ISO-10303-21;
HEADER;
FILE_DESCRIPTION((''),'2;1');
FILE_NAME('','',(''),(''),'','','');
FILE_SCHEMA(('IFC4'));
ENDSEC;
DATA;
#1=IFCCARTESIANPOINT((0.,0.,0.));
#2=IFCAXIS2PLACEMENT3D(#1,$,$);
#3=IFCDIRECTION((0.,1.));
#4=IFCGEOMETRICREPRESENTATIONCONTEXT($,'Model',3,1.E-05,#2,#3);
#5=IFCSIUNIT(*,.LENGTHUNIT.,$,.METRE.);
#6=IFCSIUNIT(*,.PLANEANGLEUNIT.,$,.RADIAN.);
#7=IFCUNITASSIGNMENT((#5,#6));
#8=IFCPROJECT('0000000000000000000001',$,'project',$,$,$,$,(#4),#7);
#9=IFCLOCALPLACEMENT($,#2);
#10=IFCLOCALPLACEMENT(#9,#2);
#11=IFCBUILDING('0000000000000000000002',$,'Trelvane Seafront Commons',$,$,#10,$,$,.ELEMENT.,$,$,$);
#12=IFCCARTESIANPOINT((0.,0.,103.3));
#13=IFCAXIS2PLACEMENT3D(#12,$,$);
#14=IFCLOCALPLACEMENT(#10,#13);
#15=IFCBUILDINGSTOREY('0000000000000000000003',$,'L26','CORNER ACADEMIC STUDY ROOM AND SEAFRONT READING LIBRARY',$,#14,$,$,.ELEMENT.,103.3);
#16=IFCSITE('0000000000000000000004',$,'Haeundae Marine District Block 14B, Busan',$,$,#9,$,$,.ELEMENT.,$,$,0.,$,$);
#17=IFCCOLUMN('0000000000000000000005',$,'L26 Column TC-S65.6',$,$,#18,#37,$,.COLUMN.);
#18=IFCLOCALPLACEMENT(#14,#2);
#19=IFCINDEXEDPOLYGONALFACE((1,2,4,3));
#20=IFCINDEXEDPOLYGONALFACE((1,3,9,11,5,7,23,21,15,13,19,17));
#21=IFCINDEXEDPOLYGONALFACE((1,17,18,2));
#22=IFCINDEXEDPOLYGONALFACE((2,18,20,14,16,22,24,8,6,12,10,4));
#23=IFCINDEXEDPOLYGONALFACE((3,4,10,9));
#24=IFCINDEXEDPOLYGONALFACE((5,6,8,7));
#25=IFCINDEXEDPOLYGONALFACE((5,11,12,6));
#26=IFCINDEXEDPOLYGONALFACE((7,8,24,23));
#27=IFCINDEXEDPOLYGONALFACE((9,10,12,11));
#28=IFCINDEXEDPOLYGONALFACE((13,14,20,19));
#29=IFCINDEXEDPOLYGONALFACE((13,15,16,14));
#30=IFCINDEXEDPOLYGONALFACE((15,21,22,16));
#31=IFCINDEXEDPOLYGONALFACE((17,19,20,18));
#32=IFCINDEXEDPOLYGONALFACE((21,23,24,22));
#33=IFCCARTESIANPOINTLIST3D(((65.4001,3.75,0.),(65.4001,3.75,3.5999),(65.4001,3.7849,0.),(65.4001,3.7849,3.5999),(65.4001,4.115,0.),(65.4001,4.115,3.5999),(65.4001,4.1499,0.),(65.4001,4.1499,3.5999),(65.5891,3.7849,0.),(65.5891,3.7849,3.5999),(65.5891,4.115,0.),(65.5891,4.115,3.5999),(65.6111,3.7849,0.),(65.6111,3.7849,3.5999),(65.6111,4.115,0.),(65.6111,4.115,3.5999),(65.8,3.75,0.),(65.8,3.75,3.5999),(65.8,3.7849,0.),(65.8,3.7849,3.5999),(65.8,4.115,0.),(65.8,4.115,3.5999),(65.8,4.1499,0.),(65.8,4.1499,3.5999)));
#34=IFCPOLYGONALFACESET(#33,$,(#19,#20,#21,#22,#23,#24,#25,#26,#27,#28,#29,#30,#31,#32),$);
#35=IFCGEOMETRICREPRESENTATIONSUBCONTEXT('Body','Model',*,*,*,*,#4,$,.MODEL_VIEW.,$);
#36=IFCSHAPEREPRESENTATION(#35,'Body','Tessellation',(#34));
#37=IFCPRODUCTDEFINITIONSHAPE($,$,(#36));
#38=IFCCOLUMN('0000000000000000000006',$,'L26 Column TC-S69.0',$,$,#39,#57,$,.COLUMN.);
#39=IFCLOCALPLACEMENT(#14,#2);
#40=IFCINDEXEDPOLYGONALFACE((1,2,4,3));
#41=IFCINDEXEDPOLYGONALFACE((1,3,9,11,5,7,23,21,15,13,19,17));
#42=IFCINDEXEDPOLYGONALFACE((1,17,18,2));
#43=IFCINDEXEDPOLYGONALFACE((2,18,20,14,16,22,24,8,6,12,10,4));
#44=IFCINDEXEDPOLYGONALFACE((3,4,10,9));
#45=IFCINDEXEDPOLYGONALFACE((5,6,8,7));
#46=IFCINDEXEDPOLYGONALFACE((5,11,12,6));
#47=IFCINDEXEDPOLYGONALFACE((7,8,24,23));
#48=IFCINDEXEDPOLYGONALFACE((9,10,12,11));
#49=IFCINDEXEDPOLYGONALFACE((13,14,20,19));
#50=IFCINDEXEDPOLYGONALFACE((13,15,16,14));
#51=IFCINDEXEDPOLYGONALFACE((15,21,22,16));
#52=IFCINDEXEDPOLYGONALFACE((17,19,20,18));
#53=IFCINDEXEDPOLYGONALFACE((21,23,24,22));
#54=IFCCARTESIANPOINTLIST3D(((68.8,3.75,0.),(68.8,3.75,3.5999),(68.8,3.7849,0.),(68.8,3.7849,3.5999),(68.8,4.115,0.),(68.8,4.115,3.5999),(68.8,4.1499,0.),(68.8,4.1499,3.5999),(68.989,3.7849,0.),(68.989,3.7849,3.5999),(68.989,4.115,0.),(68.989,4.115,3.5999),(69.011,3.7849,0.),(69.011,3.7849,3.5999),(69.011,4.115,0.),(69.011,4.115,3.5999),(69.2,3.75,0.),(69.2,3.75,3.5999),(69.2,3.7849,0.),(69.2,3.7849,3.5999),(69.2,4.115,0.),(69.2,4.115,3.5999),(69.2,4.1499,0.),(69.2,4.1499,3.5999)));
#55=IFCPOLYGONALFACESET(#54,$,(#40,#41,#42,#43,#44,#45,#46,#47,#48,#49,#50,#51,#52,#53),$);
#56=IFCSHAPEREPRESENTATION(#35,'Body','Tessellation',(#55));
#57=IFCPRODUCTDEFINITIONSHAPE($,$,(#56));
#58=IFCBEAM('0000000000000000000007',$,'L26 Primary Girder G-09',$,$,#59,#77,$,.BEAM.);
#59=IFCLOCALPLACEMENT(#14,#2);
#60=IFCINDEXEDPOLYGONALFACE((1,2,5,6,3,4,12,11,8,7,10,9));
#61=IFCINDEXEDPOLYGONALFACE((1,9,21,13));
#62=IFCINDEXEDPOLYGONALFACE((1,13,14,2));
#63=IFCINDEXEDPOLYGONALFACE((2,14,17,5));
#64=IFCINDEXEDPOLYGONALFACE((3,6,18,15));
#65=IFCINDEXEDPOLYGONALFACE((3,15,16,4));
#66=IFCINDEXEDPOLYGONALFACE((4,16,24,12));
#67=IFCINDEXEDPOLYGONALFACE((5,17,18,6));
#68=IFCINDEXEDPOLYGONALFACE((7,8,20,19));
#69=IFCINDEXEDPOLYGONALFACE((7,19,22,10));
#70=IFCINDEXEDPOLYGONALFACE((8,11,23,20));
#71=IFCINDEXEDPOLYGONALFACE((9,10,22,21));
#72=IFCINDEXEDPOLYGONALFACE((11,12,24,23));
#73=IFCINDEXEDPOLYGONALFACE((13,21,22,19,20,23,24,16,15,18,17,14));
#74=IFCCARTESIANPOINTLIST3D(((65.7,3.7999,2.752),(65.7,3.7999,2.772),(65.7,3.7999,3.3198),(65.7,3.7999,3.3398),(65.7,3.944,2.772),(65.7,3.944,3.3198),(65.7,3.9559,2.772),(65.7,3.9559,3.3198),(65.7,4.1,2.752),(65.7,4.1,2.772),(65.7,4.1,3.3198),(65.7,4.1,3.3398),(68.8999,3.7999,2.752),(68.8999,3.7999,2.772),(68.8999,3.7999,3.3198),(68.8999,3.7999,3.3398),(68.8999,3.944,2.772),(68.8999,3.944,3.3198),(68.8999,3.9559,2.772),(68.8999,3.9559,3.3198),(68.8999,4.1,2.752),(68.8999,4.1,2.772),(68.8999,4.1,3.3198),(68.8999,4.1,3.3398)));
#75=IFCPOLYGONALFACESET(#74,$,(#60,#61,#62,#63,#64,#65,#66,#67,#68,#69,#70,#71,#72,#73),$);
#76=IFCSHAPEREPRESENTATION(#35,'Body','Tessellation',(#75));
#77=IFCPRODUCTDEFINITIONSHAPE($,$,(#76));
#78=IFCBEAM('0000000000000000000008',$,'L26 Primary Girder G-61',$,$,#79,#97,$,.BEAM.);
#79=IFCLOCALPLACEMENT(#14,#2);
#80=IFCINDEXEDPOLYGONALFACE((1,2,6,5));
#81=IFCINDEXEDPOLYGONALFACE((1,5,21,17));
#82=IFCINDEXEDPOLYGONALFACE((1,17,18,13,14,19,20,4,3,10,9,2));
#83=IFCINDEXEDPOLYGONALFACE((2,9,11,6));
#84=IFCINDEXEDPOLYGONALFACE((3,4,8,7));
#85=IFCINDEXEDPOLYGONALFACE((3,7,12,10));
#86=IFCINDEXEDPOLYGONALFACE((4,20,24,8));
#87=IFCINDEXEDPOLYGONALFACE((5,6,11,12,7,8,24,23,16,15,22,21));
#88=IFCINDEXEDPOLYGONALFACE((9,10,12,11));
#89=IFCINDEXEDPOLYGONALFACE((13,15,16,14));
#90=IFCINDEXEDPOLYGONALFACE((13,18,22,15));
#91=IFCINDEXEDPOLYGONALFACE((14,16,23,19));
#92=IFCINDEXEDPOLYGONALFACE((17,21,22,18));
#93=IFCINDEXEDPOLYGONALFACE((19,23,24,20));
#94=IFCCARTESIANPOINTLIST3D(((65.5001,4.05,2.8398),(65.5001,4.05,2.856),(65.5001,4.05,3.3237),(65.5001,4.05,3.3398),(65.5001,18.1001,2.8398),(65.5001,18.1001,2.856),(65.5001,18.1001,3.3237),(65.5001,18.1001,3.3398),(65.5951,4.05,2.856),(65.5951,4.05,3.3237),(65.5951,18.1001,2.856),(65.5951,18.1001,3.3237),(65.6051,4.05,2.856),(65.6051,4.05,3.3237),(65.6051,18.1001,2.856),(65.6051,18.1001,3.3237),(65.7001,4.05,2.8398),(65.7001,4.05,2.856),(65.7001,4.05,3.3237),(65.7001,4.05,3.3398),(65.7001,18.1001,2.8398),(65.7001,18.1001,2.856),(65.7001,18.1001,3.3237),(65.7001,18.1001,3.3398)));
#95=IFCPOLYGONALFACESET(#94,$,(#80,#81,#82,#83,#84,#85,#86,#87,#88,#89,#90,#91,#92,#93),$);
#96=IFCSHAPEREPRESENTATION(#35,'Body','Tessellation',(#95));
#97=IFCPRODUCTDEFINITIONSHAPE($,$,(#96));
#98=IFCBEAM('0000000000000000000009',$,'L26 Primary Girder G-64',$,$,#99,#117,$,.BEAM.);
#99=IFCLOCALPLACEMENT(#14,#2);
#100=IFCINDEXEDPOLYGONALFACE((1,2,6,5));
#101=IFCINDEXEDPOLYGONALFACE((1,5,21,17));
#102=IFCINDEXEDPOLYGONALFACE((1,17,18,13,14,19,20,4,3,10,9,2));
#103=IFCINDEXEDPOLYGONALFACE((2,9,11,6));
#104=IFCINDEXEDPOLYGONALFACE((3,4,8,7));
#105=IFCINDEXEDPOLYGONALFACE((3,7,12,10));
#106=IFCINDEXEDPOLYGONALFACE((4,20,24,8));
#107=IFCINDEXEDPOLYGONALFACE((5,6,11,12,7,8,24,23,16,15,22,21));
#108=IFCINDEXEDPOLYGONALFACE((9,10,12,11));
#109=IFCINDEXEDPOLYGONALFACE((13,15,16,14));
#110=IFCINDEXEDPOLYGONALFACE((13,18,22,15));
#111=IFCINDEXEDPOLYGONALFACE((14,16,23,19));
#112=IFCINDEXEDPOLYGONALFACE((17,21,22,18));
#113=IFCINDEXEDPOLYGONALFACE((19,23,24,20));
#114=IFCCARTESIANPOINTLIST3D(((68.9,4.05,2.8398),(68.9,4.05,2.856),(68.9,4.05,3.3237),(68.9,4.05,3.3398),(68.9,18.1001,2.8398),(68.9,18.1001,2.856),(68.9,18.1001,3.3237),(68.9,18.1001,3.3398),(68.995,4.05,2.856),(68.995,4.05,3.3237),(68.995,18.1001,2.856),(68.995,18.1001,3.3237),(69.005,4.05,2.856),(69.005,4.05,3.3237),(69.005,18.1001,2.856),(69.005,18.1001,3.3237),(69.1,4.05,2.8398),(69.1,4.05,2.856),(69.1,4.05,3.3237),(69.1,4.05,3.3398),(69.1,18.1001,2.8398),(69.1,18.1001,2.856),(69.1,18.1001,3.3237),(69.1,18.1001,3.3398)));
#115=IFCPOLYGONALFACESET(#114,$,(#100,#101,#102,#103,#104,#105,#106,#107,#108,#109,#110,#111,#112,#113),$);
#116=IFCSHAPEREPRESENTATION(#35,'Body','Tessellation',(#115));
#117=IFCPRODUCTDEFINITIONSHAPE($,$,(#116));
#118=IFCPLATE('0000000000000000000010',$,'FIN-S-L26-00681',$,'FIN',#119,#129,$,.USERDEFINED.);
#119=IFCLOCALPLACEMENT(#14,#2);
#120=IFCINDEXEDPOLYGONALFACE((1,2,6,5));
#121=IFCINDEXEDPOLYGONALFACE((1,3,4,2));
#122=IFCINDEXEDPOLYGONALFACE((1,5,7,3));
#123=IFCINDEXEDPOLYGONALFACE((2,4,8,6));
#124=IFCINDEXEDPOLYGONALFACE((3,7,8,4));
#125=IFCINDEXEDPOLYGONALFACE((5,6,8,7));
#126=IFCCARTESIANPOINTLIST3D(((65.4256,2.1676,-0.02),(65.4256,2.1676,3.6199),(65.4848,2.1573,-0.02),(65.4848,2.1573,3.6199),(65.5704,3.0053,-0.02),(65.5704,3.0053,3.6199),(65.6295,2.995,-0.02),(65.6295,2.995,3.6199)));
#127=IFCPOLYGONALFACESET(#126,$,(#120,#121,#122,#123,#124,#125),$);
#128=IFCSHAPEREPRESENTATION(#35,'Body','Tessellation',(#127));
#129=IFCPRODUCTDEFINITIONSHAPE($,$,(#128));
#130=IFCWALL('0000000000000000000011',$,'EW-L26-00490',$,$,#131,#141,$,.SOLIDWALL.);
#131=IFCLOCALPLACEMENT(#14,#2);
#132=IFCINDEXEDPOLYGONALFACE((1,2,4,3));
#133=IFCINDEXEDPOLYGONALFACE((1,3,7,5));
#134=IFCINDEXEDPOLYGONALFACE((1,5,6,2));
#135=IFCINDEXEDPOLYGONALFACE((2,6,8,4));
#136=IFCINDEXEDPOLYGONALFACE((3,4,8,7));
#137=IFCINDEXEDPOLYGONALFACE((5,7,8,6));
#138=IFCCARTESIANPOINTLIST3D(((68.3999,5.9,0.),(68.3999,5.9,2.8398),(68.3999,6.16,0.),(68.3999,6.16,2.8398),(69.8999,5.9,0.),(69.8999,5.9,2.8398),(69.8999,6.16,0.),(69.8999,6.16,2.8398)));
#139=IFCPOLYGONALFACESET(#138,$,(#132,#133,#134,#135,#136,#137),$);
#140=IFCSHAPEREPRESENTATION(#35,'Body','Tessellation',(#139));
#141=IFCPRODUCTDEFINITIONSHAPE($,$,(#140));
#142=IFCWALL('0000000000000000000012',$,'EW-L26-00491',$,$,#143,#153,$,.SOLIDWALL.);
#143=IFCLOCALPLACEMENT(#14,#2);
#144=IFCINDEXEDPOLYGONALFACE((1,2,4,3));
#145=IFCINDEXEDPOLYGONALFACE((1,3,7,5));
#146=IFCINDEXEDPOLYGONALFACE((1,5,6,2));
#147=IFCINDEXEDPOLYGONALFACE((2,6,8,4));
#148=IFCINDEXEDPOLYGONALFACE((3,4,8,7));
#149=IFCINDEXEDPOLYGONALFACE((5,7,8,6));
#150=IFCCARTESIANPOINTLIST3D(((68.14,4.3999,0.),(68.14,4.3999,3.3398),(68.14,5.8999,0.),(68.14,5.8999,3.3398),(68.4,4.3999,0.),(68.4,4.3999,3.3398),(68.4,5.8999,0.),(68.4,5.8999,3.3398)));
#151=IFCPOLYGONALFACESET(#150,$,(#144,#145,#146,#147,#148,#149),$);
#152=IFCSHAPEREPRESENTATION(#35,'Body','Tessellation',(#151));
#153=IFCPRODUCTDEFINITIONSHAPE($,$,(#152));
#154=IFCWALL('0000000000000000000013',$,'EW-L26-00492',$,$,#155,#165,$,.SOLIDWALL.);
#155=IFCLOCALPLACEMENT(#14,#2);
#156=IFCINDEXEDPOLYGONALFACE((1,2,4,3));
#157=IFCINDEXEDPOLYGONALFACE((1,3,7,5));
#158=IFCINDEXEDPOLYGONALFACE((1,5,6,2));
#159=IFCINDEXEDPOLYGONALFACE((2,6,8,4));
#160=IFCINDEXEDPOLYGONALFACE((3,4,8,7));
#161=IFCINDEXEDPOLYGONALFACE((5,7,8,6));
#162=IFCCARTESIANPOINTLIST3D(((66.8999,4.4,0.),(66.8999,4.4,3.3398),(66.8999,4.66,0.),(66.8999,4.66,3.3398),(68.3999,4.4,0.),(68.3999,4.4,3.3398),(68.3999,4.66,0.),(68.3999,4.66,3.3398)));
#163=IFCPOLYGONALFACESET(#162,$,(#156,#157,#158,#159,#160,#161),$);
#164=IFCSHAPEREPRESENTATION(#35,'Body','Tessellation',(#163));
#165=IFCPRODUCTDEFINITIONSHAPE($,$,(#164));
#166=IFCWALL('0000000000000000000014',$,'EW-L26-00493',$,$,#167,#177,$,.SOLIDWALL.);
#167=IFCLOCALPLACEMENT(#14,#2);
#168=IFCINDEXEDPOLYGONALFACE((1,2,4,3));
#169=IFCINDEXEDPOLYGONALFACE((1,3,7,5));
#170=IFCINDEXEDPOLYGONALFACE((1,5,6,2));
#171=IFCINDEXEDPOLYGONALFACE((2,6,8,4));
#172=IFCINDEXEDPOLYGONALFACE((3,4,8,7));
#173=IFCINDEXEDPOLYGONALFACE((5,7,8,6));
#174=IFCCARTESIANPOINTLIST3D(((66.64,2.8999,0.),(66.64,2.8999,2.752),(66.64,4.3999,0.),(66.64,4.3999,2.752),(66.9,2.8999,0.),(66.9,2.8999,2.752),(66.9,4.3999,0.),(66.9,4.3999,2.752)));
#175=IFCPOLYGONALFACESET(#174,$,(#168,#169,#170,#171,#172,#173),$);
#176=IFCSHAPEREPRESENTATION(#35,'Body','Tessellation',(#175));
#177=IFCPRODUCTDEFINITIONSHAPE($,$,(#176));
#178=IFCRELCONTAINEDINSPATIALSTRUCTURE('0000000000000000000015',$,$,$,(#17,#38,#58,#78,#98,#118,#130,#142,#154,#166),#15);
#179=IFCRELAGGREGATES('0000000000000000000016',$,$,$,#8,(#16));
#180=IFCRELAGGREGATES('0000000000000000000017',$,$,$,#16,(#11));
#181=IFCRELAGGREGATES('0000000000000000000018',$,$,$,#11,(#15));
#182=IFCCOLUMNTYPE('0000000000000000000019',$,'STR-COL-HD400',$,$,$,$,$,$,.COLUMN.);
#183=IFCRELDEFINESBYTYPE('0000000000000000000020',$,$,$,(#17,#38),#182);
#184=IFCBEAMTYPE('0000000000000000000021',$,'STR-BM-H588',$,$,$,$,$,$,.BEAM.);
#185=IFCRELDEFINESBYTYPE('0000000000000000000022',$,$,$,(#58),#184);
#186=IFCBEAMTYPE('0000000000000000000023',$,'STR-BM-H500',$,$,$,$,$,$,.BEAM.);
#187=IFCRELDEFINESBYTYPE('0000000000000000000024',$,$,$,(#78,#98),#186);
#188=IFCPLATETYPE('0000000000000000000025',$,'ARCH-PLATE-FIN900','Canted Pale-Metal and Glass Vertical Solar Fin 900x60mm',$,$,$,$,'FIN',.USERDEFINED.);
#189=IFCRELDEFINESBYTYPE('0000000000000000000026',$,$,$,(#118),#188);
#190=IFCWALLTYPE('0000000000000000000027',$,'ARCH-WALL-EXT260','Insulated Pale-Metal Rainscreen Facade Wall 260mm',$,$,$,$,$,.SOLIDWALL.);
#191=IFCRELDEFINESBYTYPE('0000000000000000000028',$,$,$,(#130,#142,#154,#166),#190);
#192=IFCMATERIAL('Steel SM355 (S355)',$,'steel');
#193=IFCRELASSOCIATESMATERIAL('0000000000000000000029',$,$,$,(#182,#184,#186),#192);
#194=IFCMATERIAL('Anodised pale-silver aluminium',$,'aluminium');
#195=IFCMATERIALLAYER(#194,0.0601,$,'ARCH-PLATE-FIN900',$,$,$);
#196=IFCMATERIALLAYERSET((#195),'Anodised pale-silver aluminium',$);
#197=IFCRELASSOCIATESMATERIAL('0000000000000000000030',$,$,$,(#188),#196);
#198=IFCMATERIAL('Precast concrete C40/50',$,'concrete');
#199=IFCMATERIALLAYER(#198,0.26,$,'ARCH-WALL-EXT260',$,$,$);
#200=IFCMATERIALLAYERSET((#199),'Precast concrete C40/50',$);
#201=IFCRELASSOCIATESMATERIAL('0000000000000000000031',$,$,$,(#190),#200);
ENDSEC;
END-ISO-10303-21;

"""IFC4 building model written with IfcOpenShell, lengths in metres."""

from ifc_helpers import new_model, si_unit, direction, frame, frame_2d, origin, origin_2d, place, context, subcontext, project, spatial, rectangle, i_section, extrude, source, transform, mapped, material, layer, layer_set, material_profile, profile_set, type_object, element, save


model = new_model("IFC4")

# Units and contexts
model_context = context("Model", 3, precision=1e-05, world=origin(), true_north=direction((0.0, 1.0)))
body_context = subcontext(model_context, "Body", "Model", "MODEL_VIEW")
ifc_project = project(units=[si_unit("LENGTHUNIT", "METRE"), si_unit("PLANEANGLEUNIT", "RADIAN")], contexts=[model_context])

# Site, building, storey
site_placement = place(None, origin())
site = spatial("IfcSite", under=ifc_project, at=site_placement, Name="Haeundae Marine District Block 14B, Busan", CompositionType="ELEMENT", RefElevation=0.0)
building_placement = place(site_placement, origin())
building = spatial("IfcBuilding", under=site, at=building_placement, Name="Trelvane Seafront Commons", CompositionType="ELEMENT")
storey_placement = place(building_placement, frame((0.0, 0.0, 103.3)))
storey = spatial("IfcBuildingStorey", under=building, at=storey_placement, Name="L26", Description="CORNER ACADEMIC STUDY ROOM AND SEAFRONT READING LIBRARY", CompositionType="ELEMENT", Elevation=103.3)

# Columns
ifc_material_1 = material(Name="Steel SM355 (S355)", Category="steel")
ifc_material_profile_1 = material_profile(ifc_material_1, i_section(OverallWidth=0.3999, OverallDepth=0.3999, WebThickness=0.022, FlangeThickness=0.0349, at=origin_2d()), Name="HD-400x400x22x35")
ifc_profile_set_1 = profile_set([ifc_material_profile_1], Name="Steel SM355 (S355)")
column_type = type_object("IfcColumnType", Name="STR-COL-HD400", PredefinedType="COLUMN", material=ifc_profile_set_1)
shared_shape_1 = source(origin(), body_context, "Body", "SweptSolid", [
    extrude(i_section(OverallWidth=0.3999, OverallDepth=0.3999, WebThickness=0.022, FlangeThickness=0.0349, at=origin_2d()), origin(), (0.0, 0.0, 1.0), 3.5999),
])
for number, where, z_axis, x_axis, name in (
    (1, (65.6001, 3.95, 0.0), (0.0, 0.0, 1.0), (1.0, 0.0, 0.0), "L26 Column TC-S65.6"),
    (2, (69.0, 3.95, 0.0), (0.0, 0.0, 1.0), (1.0, 0.0, 0.0), "L26 Column TC-S69.0"),
):
    element("IfcColumn", number, at=place(storey_placement, frame(where, z_axis=z_axis, x_axis=x_axis)), inside=storey, type_object=column_type, Name=name, PredefinedType="COLUMN", context=body_context, shape_type="MappedRepresentation", body=[
        mapped(shared_shape_1, transform((0.0, 0.0, 0.0), x_axis=(1.0, 0.0, 0.0), y_axis=(0.0, 1.0, 0.0), z_axis=(0.0, 0.0, 1.0), scale=1.0)),
    ])

# Beams
ifc_material_profile_2 = material_profile(ifc_material_1, i_section(OverallWidth=0.3, OverallDepth=0.5879, WebThickness=0.012, FlangeThickness=0.02, at=origin_2d()), Name="H-588x300x12x20")
ifc_profile_set_2 = profile_set([ifc_material_profile_2], Name="Steel SM355 (S355)")
beam_type_1 = type_object("IfcBeamType", Name="STR-BM-H588", PredefinedType="BEAM", material=ifc_profile_set_2)
shared_shape_2 = source(origin(), body_context, "Body", "SweptSolid", [
    extrude(i_section(OverallWidth=0.3, OverallDepth=0.5879, WebThickness=0.012, FlangeThickness=0.02, at=origin_2d()), origin(), (0.0, 0.0, 1.0), 3.2),
])
beam_placement = place(storey_placement, frame((65.7, 3.95, 3.0459), z_axis=(1.0, 0.0, 0.0), x_axis=(0.0, 1.0, 0.0)))
element("IfcBeam", 3, at=beam_placement, inside=storey, type_object=beam_type_1, Name="L26 Primary Girder G-09", PredefinedType="BEAM", context=body_context, shape_type="MappedRepresentation", body=[
    mapped(shared_shape_2, transform((0.0, 0.0, 0.0), x_axis=(1.0, 0.0, 0.0), y_axis=(0.0, 1.0, 0.0), z_axis=(0.0, 0.0, 1.0), scale=1.0)),
])
ifc_material_profile_3 = material_profile(ifc_material_1, i_section(OverallWidth=0.2, OverallDepth=0.5, WebThickness=0.01, FlangeThickness=0.0161, at=origin_2d()), Name="H-500x200x10x16")
ifc_profile_set_3 = profile_set([ifc_material_profile_3], Name="Steel SM355 (S355)")
beam_type_2 = type_object("IfcBeamType", Name="STR-BM-H500", PredefinedType="BEAM", material=ifc_profile_set_3)
shared_shape_3 = source(origin(), body_context, "Body", "SweptSolid", [
    extrude(i_section(OverallWidth=0.2, OverallDepth=0.5, WebThickness=0.01, FlangeThickness=0.0161, at=origin_2d()), origin(), (0.0, 0.0, 1.0), 14.05),
])
for number, where, z_axis, x_axis, name in (
    (4, (65.6001, 4.05, 3.0898), (0.0, 1.0, 0.0), (-1.0, 0.0, 0.0), "L26 Primary Girder G-61"),
    (5, (69.0, 4.05, 3.0898), (0.0, 1.0, 0.0), (-1.0, 0.0, 0.0), "L26 Primary Girder G-64"),
):
    element("IfcBeam", number, at=place(storey_placement, frame(where, z_axis=z_axis, x_axis=x_axis)), inside=storey, type_object=beam_type_2, Name=name, PredefinedType="BEAM", context=body_context, shape_type="MappedRepresentation", body=[
        mapped(shared_shape_3, transform((0.0, 0.0, 0.0), x_axis=(1.0, 0.0, 0.0), y_axis=(0.0, 1.0, 0.0), z_axis=(0.0, 0.0, 1.0), scale=1.0)),
    ])

# Plate
ifc_material_2 = material(Name="Anodised pale-silver aluminium", Category="aluminium")
ifc_layer_1 = layer(ifc_material_2, 0.0601, Name="ARCH-PLATE-FIN900")
ifc_layer_set_1 = layer_set([ifc_layer_1], Name="Anodised pale-silver aluminium")
plate_type = type_object("IfcPlateType", Name="ARCH-PLATE-FIN900", Description="Canted Pale-Metal and Glass Vertical Solar Fin 900x60mm", ElementType="FIN", PredefinedType="USERDEFINED", material=ifc_layer_set_1)
shared_shape_4 = source(origin(), body_context, "Body", "SweptSolid", [
    extrude(rectangle(XDim=0.8501, YDim=0.0601, at=origin_2d()), origin(), (0.0, 0.0, 1.0), 3.6399),
])
plate_placement = place(storey_placement, frame((65.5276, 2.5813, -0.02), z_axis=(0.0, 0.0, 1.0), x_axis=(-0.170234, -0.985404, 0.0)))
element("IfcPlate", 6, at=plate_placement, inside=storey, type_object=plate_type, Name="FIN-S-L26-00681", ObjectType="FIN", PredefinedType="USERDEFINED", context=body_context, shape_type="MappedRepresentation", body=[
    mapped(shared_shape_4, transform((0.0, 0.0, 0.0), x_axis=(1.0, 0.0, 0.0), y_axis=(0.0, 1.0, 0.0), z_axis=(0.0, 0.0, 1.0), scale=1.0)),
])

# Walls
ifc_material_3 = material(Name="Precast concrete C40/50", Category="concrete")
ifc_layer_2 = layer(ifc_material_3, 0.26, Name="ARCH-WALL-EXT260")
ifc_layer_set_2 = layer_set([ifc_layer_2], Name="Precast concrete C40/50")
wall_type_1 = type_object("IfcWallType", Name="ARCH-WALL-EXT260", Description="Insulated Pale-Metal Rainscreen Facade Wall 260mm", PredefinedType="SOLIDWALL", material=ifc_layer_set_2)
wall_1_placement = place(storey_placement, frame((69.8999, 6.03, 0.0), z_axis=(0.0, 0.0, 1.0), x_axis=(-1.0, 0.0, 0.0)))
element("IfcWall", 7, at=wall_1_placement, inside=storey, type_object=wall_type_1, Name="EW-L26-00490", PredefinedType="SOLIDWALL", context=body_context, shape_type="SweptSolid", body=[
    extrude(rectangle(XDim=1.5, YDim=0.26, at=frame_2d((0.75, 0.0))), origin(), (0.0, 0.0, 1.0), 2.8398),
])
for number, where, z_axis, x_axis, name in (
    (8, (68.27, 5.8999, 0.0), (0.0, 0.0, 1.0), (0.0, -1.0, 0.0), "EW-L26-00491"),
    (9, (68.3999, 4.53, 0.0), (0.0, 0.0, 1.0), (-1.0, 0.0, 0.0), "EW-L26-00492"),
):
    element("IfcWall", number, at=place(storey_placement, frame(where, z_axis=z_axis, x_axis=x_axis)), inside=storey, type_object=wall_type_1, Name=name, PredefinedType="SOLIDWALL", context=body_context, shape_type="SweptSolid", body=[
        extrude(rectangle(XDim=1.5, YDim=0.26, at=frame_2d((0.75, 0.0))), origin(), (0.0, 0.0, 1.0), 3.3398),
    ])
wall_2_placement = place(storey_placement, frame((66.77, 4.3999, 0.0), z_axis=(0.0, 0.0, 1.0), x_axis=(0.0, -1.0, 0.0)))
element("IfcWall", 10, at=wall_2_placement, inside=storey, type_object=wall_type_1, Name="EW-L26-00493", PredefinedType="SOLIDWALL", context=body_context, shape_type="SweptSolid", body=[
    extrude(rectangle(XDim=1.5, YDim=0.26, at=frame_2d((0.75, 0.0))), origin(), (0.0, 0.0, 1.0), 2.752),
])

save(model, "model.ifc")
